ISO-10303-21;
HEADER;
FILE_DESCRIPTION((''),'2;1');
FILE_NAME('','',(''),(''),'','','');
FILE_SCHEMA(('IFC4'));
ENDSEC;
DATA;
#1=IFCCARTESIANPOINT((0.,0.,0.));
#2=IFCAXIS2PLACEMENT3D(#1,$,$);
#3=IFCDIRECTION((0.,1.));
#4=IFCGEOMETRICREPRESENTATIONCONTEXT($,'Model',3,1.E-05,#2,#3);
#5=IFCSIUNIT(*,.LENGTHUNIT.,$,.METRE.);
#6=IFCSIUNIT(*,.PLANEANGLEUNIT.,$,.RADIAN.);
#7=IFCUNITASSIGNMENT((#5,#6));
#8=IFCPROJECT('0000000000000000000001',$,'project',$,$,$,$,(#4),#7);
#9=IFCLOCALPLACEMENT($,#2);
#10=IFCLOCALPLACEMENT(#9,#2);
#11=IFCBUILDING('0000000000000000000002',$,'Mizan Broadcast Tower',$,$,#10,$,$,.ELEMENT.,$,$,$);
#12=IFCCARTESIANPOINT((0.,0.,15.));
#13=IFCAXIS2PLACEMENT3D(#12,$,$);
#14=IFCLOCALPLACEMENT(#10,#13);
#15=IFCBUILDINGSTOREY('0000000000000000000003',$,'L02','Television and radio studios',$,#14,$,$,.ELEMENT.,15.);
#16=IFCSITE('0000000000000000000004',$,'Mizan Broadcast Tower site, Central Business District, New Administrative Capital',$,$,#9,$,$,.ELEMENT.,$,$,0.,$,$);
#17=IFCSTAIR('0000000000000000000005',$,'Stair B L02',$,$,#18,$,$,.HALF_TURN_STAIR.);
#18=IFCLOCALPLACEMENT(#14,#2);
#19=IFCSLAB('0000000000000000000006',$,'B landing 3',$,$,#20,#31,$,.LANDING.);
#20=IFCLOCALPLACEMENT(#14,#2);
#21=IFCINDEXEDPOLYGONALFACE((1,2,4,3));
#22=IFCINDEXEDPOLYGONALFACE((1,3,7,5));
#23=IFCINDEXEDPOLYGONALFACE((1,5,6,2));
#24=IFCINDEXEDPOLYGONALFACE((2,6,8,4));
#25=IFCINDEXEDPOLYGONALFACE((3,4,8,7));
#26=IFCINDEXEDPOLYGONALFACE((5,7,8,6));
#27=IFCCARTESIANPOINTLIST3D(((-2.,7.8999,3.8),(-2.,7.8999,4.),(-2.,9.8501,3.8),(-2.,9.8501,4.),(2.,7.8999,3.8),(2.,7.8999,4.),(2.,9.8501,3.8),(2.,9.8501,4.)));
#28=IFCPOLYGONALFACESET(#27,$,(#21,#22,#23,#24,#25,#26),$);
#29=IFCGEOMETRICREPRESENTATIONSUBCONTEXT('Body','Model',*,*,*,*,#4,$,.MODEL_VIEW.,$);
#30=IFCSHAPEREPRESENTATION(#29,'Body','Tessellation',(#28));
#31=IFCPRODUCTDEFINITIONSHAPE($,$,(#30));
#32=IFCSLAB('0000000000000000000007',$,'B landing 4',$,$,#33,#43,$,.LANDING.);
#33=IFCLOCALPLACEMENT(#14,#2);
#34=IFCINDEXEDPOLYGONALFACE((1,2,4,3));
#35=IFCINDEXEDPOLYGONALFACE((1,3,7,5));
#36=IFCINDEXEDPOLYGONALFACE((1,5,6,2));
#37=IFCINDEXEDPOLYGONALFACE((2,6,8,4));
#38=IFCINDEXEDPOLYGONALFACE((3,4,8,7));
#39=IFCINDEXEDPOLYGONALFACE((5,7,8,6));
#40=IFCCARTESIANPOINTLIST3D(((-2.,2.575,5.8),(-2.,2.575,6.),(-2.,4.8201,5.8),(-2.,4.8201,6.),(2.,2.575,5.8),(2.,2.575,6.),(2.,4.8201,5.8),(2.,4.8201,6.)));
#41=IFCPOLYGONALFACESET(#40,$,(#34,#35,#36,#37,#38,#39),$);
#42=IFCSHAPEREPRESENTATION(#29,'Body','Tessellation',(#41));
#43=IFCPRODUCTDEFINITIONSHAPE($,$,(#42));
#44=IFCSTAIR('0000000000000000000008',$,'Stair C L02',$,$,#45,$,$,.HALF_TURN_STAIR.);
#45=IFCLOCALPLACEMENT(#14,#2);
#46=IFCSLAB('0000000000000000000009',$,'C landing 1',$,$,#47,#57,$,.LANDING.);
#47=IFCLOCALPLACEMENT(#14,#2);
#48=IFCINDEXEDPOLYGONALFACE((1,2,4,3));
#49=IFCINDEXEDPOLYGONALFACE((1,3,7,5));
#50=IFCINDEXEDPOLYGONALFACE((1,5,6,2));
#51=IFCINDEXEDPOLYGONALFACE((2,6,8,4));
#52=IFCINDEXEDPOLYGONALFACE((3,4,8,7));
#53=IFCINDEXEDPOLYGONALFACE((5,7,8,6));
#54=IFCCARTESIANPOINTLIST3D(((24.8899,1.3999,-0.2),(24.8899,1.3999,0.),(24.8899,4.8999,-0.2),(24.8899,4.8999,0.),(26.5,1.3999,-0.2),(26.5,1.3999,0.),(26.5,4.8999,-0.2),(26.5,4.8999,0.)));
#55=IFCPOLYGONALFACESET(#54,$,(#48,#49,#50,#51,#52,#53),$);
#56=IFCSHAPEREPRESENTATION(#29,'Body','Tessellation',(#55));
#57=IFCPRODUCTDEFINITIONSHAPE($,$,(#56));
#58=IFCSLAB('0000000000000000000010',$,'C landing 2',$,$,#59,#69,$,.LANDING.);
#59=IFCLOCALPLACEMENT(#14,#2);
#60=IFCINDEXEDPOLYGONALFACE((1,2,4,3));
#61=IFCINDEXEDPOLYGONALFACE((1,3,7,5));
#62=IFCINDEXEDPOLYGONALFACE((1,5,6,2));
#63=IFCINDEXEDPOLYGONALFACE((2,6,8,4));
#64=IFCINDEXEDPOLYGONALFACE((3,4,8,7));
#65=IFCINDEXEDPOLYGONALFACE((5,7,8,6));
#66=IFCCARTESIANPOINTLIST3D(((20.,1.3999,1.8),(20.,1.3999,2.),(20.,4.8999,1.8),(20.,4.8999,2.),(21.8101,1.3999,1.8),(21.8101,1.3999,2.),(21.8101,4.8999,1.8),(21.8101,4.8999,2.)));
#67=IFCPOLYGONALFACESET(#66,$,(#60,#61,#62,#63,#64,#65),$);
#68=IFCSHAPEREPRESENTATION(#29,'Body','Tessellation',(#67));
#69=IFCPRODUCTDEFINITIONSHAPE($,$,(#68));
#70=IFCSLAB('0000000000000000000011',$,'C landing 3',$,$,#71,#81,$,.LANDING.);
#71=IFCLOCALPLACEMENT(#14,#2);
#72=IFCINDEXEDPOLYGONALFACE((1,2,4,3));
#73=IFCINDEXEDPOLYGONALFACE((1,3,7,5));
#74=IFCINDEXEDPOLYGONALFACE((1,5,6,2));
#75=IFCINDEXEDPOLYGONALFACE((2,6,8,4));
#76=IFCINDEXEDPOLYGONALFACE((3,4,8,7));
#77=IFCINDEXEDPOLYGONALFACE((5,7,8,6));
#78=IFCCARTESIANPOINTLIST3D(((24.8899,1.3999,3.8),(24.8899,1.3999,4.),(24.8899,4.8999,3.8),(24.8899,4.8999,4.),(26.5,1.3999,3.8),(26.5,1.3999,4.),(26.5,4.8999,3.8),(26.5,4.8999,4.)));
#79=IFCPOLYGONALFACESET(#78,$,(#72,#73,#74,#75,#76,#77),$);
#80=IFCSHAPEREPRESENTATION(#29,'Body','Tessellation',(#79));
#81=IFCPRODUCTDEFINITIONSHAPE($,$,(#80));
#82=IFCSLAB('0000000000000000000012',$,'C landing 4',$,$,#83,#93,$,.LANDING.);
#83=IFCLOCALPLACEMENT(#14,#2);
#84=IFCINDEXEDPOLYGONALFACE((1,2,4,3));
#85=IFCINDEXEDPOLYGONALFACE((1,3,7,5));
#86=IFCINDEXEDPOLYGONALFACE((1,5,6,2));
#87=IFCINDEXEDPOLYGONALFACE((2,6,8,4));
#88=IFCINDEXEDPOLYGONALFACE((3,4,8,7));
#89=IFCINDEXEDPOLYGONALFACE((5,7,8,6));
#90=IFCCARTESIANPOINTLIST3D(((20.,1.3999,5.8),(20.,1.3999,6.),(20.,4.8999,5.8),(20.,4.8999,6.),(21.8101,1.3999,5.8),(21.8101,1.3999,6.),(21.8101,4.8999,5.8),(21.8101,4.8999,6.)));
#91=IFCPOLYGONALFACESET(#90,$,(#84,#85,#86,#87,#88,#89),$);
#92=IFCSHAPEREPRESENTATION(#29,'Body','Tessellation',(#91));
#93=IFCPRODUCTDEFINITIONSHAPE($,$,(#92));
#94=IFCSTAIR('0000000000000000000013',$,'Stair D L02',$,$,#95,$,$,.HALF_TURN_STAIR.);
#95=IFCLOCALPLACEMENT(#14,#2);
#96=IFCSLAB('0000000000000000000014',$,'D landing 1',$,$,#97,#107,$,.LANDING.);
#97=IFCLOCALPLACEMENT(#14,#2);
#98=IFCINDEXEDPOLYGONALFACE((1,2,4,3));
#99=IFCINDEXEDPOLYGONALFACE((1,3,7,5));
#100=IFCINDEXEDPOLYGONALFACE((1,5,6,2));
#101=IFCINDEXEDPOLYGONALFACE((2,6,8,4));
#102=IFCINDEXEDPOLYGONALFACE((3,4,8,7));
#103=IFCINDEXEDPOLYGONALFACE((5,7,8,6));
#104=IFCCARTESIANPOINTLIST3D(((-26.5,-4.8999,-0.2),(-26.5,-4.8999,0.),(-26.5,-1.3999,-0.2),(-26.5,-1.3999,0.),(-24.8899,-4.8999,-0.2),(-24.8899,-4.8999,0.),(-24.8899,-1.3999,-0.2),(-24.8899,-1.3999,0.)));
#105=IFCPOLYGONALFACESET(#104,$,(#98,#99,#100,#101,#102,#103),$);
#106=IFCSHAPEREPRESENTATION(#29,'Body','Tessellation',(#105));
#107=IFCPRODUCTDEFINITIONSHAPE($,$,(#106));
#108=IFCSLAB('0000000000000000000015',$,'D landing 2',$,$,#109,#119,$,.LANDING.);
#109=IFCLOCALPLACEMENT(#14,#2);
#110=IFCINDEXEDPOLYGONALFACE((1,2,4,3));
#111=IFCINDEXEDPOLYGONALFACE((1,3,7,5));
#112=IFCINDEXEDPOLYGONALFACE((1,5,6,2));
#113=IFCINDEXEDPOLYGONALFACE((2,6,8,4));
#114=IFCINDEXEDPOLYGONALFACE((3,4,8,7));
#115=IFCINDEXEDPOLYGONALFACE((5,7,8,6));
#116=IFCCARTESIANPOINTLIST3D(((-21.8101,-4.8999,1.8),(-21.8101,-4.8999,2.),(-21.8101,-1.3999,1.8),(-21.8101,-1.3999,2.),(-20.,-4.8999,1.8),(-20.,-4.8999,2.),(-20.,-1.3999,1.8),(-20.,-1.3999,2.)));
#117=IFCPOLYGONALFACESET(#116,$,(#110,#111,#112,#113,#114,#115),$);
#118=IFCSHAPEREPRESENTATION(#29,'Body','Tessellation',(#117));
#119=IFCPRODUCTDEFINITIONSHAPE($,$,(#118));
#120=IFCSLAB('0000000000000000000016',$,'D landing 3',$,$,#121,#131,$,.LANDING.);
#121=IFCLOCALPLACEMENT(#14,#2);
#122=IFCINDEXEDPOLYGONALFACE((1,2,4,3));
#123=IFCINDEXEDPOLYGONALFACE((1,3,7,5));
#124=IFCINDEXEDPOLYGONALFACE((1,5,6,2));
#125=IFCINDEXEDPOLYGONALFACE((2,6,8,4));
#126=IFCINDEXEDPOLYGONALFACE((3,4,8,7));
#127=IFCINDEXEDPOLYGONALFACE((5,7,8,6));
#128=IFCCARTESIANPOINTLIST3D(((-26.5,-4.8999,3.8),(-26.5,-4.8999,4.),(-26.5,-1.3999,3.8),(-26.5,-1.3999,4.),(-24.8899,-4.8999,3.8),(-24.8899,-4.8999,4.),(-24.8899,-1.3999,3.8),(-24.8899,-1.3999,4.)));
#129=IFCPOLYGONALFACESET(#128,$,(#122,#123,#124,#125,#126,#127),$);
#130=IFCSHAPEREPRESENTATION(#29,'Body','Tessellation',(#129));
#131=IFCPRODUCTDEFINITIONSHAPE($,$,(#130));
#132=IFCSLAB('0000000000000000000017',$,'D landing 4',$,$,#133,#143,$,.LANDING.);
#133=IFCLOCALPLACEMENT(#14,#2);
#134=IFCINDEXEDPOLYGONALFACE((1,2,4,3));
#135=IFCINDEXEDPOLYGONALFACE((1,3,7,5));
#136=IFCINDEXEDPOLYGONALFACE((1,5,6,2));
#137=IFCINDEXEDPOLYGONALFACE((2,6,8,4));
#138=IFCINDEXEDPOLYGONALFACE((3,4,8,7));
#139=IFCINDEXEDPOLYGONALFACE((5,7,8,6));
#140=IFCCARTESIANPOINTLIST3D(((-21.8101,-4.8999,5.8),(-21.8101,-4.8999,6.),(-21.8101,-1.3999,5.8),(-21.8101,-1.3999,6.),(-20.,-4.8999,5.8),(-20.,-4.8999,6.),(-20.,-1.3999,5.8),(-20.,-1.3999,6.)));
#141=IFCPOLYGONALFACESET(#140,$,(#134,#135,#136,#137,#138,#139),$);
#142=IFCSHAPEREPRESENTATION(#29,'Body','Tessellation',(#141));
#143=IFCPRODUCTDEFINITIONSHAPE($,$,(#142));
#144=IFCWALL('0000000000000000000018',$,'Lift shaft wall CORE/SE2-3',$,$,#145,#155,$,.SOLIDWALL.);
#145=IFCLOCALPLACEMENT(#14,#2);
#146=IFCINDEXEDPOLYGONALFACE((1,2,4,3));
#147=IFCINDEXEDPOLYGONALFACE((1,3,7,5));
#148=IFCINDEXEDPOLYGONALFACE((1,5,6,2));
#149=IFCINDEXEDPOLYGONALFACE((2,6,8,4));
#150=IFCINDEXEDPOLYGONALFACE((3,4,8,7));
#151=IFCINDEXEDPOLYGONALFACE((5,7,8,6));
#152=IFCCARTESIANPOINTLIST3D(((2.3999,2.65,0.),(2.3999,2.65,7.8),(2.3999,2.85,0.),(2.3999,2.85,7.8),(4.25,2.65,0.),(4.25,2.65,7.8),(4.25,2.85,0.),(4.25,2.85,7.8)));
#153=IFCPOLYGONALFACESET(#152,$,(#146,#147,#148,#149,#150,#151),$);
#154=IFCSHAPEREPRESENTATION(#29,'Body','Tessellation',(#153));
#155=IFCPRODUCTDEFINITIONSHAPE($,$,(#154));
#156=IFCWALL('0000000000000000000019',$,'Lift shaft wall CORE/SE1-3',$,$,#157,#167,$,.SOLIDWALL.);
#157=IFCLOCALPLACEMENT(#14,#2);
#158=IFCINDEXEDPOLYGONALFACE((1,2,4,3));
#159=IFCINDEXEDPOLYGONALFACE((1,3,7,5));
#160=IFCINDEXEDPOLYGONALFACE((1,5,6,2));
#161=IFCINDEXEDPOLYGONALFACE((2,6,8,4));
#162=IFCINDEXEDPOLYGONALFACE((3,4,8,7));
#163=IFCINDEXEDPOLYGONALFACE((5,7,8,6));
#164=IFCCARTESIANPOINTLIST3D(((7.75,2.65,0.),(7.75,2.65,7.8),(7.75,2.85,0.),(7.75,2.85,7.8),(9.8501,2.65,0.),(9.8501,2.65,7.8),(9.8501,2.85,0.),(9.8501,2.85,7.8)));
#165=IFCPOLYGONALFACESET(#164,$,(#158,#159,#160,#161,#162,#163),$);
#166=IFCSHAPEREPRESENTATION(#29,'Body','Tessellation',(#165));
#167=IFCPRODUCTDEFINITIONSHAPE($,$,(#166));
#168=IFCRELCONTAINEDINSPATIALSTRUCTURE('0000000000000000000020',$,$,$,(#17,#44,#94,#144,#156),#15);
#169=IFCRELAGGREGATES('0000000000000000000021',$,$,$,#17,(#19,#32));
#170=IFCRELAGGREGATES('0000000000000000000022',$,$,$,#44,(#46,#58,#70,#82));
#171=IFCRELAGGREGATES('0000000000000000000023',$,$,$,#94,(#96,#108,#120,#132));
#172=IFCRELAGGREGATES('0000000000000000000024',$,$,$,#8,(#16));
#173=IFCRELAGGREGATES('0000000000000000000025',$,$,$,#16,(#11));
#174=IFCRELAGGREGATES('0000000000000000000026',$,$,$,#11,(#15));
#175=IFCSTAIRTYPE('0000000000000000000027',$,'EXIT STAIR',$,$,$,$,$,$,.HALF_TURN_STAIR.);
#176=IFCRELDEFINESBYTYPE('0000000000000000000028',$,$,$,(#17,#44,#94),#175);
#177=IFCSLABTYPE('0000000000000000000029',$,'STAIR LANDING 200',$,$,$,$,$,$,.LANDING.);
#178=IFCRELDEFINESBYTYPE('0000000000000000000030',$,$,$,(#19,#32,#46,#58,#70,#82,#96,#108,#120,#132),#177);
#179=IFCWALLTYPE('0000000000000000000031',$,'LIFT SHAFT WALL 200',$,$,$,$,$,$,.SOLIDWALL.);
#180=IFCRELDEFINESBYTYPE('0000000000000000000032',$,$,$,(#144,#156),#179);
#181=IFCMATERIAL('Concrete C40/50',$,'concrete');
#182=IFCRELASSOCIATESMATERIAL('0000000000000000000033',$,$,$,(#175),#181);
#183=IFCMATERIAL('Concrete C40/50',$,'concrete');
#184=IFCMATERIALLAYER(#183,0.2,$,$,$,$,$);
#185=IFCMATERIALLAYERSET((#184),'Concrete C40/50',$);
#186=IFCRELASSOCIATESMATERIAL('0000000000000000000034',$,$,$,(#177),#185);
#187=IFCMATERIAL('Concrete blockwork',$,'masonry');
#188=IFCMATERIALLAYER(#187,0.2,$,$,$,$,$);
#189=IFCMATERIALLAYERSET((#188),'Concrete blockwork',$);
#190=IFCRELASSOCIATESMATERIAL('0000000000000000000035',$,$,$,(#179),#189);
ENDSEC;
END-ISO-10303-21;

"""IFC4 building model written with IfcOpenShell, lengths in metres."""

from ifc_helpers import new_model, si_unit, direction, frame, frame_2d, origin, place, context, subcontext, project, spatial, polyline, rectangle, outline, extrude, material, layer, layer_set, type_object, element, aggregate, save


model = new_model("IFC4")

# Units and contexts
model_context = context("Model", 3, precision=1e-05, world=origin(), true_north=direction((0.0, 1.0)))
body_context = subcontext(model_context, "Body", "Model", "MODEL_VIEW")
ifc_project = project(units=[si_unit("LENGTHUNIT", "METRE"), si_unit("PLANEANGLEUNIT", "RADIAN")], contexts=[model_context])

# Site, building, storey
site_placement = place(None, origin())
site = spatial("IfcSite", under=ifc_project, at=site_placement, Name="Mizan Broadcast Tower site, Central Business District, New Administrative Capital", CompositionType="ELEMENT", RefElevation=0.0)
building_placement = place(site_placement, origin())
building = spatial("IfcBuilding", under=site, at=building_placement, Name="Mizan Broadcast Tower", CompositionType="ELEMENT")
storey_placement = place(building_placement, frame((0.0, 0.0, 15.0)))
storey = spatial("IfcBuildingStorey", under=building, at=storey_placement, Name="L02", Description="Television and radio studios", CompositionType="ELEMENT", Elevation=15.0)

# Stairs, slabs
ifc_material_1 = material(Name="Concrete C40/50", Category="concrete")
stair_type = type_object("IfcStairType", Name="EXIT STAIR", PredefinedType="HALF_TURN_STAIR", material=ifc_material_1)
ifc_material_2 = material(Name="Concrete C40/50", Category="concrete")
ifc_layer_1 = layer(ifc_material_2, 0.2)
ifc_layer_set_1 = layer_set([ifc_layer_1], Name="Concrete C40/50")
slab_type = type_object("IfcSlabType", Name="STAIR LANDING 200", PredefinedType="LANDING", material=ifc_layer_set_1)
stair_1_placement = place(storey_placement, origin())
stair_1 = element("IfcStair", 1, at=stair_1_placement, inside=storey, type_object=stair_type, Name="Stair B L02", PredefinedType="HALF_TURN_STAIR")
slab_1_placement = place(storey_placement, frame((0.0, 0.0, 3.8)))
slab_1 = element("IfcSlab", 2, at=slab_1_placement, type_object=slab_type, Name="B landing 3", PredefinedType="LANDING", context=body_context, shape_type="SweptSolid", body=[
    extrude(outline(polyline([(2.0, 9.8501), (2.0, 7.8999), (-2.0, 7.8999), (-2.0, 9.8501), (2.0, 9.8501)])), origin(), (0.0, 0.0, 1.0), 0.2),
])
slab_2_placement = place(storey_placement, frame((0.0, 0.0, 5.8)))
slab_2 = element("IfcSlab", 3, at=slab_2_placement, type_object=slab_type, Name="B landing 4", PredefinedType="LANDING", context=body_context, shape_type="SweptSolid", body=[
    extrude(outline(polyline([(2.0, 4.8201), (2.0, 2.575), (-2.0, 2.575), (-2.0, 4.8201), (2.0, 4.8201)])), origin(), (0.0, 0.0, 1.0), 0.2),
])
aggregate(stair_1, [slab_1, slab_2])
stair_2_placement = place(storey_placement, origin())
stair_2 = element("IfcStair", 4, at=stair_2_placement, inside=storey, type_object=stair_type, Name="Stair C L02", PredefinedType="HALF_TURN_STAIR")
slab_3_placement = place(storey_placement, frame((0.0, 0.0, -0.2)))
slab_3 = element("IfcSlab", 5, at=slab_3_placement, type_object=slab_type, Name="C landing 1", PredefinedType="LANDING", context=body_context, shape_type="SweptSolid", body=[
    extrude(outline(polyline([(26.5, 1.3999), (24.8899, 1.3999), (24.8899, 4.8999), (26.5, 4.8999), (26.5, 1.3999)])), origin(), (0.0, 0.0, 1.0), 0.2),
])
slab_4_placement = place(storey_placement, frame((0.0, 0.0, 1.8)))
slab_4 = element("IfcSlab", 6, at=slab_4_placement, type_object=slab_type, Name="C landing 2", PredefinedType="LANDING", context=body_context, shape_type="SweptSolid", body=[
    extrude(outline(polyline([(21.8101, 1.3999), (20.0, 1.3999), (20.0, 4.8999), (21.8101, 4.8999), (21.8101, 1.3999)])), origin(), (0.0, 0.0, 1.0), 0.2),
])
slab_5_placement = place(storey_placement, frame((0.0, 0.0, 3.8)))
slab_5 = element("IfcSlab", 7, at=slab_5_placement, type_object=slab_type, Name="C landing 3", PredefinedType="LANDING", context=body_context, shape_type="SweptSolid", body=[
    extrude(outline(polyline([(26.5, 1.3999), (24.8899, 1.3999), (24.8899, 4.8999), (26.5, 4.8999), (26.5, 1.3999)])), origin(), (0.0, 0.0, 1.0), 0.2),
])
slab_6_placement = place(storey_placement, frame((0.0, 0.0, 5.8)))
slab_6 = element("IfcSlab", 8, at=slab_6_placement, type_object=slab_type, Name="C landing 4", PredefinedType="LANDING", context=body_context, shape_type="SweptSolid", body=[
    extrude(outline(polyline([(21.8101, 1.3999), (20.0, 1.3999), (20.0, 4.8999), (21.8101, 4.8999), (21.8101, 1.3999)])), origin(), (0.0, 0.0, 1.0), 0.2),
])
aggregate(stair_2, [slab_3, slab_4, slab_5, slab_6])
stair_3_placement = place(storey_placement, origin())
stair_3 = element("IfcStair", 9, at=stair_3_placement, inside=storey, type_object=stair_type, Name="Stair D L02", PredefinedType="HALF_TURN_STAIR")
slab_7_placement = place(storey_placement, frame((0.0, 0.0, -0.2)))
slab_7 = element("IfcSlab", 10, at=slab_7_placement, type_object=slab_type, Name="D landing 1", PredefinedType="LANDING", context=body_context, shape_type="SweptSolid", body=[
    extrude(outline(polyline([(-26.5, -1.3999), (-24.8899, -1.3999), (-24.8899, -4.8999), (-26.5, -4.8999), (-26.5, -1.3999)])), origin(), (0.0, 0.0, 1.0), 0.2),
])
slab_8_placement = place(storey_placement, frame((0.0, 0.0, 1.8)))
slab_8 = element("IfcSlab", 11, at=slab_8_placement, type_object=slab_type, Name="D landing 2", PredefinedType="LANDING", context=body_context, shape_type="SweptSolid", body=[
    extrude(outline(polyline([(-21.8101, -1.3999), (-20.0, -1.3999), (-20.0, -4.8999), (-21.8101, -4.8999), (-21.8101, -1.3999)])), origin(), (0.0, 0.0, 1.0), 0.2),
])
slab_9_placement = place(storey_placement, frame((0.0, 0.0, 3.8)))
slab_9 = element("IfcSlab", 12, at=slab_9_placement, type_object=slab_type, Name="D landing 3", PredefinedType="LANDING", context=body_context, shape_type="SweptSolid", body=[
    extrude(outline(polyline([(-26.5, -1.3999), (-24.8899, -1.3999), (-24.8899, -4.8999), (-26.5, -4.8999), (-26.5, -1.3999)])), origin(), (0.0, 0.0, 1.0), 0.2),
])
slab_10_placement = place(storey_placement, frame((0.0, 0.0, 5.8)))
slab_10 = element("IfcSlab", 13, at=slab_10_placement, type_object=slab_type, Name="D landing 4", PredefinedType="LANDING", context=body_context, shape_type="SweptSolid", body=[
    extrude(outline(polyline([(-21.8101, -1.3999), (-20.0, -1.3999), (-20.0, -4.8999), (-21.8101, -4.8999), (-21.8101, -1.3999)])), origin(), (0.0, 0.0, 1.0), 0.2),
])
aggregate(stair_3, [slab_7, slab_8, slab_9, slab_10])

# Walls
ifc_material_3 = material(Name="Concrete blockwork", Category="masonry")
ifc_layer_2 = layer(ifc_material_3, 0.2)
ifc_layer_set_2 = layer_set([ifc_layer_2], Name="Concrete blockwork")
wall_type = type_object("IfcWallType", Name="LIFT SHAFT WALL 200", PredefinedType="SOLIDWALL", material=ifc_layer_set_2)
wall_1_placement = place(storey_placement, frame((2.3999, 2.75, 0.0), z_axis=(0.0, 0.0, 1.0), x_axis=(1.0, 0.0, 0.0)))
element("IfcWall", 14, at=wall_1_placement, inside=storey, type_object=wall_type, Name="Lift shaft wall CORE/SE2-3", PredefinedType="SOLIDWALL", context=body_context, shape_type="SweptSolid", body=[
    extrude(rectangle(XDim=1.8501, YDim=0.2, at=frame_2d((0.925, 0.0))), origin(), (0.0, 0.0, 1.0), 7.8),
])
wall_2_placement = place(storey_placement, frame((7.75, 2.75, 0.0), z_axis=(0.0, 0.0, 1.0), x_axis=(1.0, 0.0, 0.0)))
element("IfcWall", 15, at=wall_2_placement, inside=storey, type_object=wall_type, Name="Lift shaft wall CORE/SE1-3", PredefinedType="SOLIDWALL", context=body_context, shape_type="SweptSolid", body=[
    extrude(rectangle(XDim=2.1001, YDim=0.2, at=frame_2d((1.05, 0.0))), origin(), (0.0, 0.0, 1.0), 7.8),
])

save(model, "model.ifc")
